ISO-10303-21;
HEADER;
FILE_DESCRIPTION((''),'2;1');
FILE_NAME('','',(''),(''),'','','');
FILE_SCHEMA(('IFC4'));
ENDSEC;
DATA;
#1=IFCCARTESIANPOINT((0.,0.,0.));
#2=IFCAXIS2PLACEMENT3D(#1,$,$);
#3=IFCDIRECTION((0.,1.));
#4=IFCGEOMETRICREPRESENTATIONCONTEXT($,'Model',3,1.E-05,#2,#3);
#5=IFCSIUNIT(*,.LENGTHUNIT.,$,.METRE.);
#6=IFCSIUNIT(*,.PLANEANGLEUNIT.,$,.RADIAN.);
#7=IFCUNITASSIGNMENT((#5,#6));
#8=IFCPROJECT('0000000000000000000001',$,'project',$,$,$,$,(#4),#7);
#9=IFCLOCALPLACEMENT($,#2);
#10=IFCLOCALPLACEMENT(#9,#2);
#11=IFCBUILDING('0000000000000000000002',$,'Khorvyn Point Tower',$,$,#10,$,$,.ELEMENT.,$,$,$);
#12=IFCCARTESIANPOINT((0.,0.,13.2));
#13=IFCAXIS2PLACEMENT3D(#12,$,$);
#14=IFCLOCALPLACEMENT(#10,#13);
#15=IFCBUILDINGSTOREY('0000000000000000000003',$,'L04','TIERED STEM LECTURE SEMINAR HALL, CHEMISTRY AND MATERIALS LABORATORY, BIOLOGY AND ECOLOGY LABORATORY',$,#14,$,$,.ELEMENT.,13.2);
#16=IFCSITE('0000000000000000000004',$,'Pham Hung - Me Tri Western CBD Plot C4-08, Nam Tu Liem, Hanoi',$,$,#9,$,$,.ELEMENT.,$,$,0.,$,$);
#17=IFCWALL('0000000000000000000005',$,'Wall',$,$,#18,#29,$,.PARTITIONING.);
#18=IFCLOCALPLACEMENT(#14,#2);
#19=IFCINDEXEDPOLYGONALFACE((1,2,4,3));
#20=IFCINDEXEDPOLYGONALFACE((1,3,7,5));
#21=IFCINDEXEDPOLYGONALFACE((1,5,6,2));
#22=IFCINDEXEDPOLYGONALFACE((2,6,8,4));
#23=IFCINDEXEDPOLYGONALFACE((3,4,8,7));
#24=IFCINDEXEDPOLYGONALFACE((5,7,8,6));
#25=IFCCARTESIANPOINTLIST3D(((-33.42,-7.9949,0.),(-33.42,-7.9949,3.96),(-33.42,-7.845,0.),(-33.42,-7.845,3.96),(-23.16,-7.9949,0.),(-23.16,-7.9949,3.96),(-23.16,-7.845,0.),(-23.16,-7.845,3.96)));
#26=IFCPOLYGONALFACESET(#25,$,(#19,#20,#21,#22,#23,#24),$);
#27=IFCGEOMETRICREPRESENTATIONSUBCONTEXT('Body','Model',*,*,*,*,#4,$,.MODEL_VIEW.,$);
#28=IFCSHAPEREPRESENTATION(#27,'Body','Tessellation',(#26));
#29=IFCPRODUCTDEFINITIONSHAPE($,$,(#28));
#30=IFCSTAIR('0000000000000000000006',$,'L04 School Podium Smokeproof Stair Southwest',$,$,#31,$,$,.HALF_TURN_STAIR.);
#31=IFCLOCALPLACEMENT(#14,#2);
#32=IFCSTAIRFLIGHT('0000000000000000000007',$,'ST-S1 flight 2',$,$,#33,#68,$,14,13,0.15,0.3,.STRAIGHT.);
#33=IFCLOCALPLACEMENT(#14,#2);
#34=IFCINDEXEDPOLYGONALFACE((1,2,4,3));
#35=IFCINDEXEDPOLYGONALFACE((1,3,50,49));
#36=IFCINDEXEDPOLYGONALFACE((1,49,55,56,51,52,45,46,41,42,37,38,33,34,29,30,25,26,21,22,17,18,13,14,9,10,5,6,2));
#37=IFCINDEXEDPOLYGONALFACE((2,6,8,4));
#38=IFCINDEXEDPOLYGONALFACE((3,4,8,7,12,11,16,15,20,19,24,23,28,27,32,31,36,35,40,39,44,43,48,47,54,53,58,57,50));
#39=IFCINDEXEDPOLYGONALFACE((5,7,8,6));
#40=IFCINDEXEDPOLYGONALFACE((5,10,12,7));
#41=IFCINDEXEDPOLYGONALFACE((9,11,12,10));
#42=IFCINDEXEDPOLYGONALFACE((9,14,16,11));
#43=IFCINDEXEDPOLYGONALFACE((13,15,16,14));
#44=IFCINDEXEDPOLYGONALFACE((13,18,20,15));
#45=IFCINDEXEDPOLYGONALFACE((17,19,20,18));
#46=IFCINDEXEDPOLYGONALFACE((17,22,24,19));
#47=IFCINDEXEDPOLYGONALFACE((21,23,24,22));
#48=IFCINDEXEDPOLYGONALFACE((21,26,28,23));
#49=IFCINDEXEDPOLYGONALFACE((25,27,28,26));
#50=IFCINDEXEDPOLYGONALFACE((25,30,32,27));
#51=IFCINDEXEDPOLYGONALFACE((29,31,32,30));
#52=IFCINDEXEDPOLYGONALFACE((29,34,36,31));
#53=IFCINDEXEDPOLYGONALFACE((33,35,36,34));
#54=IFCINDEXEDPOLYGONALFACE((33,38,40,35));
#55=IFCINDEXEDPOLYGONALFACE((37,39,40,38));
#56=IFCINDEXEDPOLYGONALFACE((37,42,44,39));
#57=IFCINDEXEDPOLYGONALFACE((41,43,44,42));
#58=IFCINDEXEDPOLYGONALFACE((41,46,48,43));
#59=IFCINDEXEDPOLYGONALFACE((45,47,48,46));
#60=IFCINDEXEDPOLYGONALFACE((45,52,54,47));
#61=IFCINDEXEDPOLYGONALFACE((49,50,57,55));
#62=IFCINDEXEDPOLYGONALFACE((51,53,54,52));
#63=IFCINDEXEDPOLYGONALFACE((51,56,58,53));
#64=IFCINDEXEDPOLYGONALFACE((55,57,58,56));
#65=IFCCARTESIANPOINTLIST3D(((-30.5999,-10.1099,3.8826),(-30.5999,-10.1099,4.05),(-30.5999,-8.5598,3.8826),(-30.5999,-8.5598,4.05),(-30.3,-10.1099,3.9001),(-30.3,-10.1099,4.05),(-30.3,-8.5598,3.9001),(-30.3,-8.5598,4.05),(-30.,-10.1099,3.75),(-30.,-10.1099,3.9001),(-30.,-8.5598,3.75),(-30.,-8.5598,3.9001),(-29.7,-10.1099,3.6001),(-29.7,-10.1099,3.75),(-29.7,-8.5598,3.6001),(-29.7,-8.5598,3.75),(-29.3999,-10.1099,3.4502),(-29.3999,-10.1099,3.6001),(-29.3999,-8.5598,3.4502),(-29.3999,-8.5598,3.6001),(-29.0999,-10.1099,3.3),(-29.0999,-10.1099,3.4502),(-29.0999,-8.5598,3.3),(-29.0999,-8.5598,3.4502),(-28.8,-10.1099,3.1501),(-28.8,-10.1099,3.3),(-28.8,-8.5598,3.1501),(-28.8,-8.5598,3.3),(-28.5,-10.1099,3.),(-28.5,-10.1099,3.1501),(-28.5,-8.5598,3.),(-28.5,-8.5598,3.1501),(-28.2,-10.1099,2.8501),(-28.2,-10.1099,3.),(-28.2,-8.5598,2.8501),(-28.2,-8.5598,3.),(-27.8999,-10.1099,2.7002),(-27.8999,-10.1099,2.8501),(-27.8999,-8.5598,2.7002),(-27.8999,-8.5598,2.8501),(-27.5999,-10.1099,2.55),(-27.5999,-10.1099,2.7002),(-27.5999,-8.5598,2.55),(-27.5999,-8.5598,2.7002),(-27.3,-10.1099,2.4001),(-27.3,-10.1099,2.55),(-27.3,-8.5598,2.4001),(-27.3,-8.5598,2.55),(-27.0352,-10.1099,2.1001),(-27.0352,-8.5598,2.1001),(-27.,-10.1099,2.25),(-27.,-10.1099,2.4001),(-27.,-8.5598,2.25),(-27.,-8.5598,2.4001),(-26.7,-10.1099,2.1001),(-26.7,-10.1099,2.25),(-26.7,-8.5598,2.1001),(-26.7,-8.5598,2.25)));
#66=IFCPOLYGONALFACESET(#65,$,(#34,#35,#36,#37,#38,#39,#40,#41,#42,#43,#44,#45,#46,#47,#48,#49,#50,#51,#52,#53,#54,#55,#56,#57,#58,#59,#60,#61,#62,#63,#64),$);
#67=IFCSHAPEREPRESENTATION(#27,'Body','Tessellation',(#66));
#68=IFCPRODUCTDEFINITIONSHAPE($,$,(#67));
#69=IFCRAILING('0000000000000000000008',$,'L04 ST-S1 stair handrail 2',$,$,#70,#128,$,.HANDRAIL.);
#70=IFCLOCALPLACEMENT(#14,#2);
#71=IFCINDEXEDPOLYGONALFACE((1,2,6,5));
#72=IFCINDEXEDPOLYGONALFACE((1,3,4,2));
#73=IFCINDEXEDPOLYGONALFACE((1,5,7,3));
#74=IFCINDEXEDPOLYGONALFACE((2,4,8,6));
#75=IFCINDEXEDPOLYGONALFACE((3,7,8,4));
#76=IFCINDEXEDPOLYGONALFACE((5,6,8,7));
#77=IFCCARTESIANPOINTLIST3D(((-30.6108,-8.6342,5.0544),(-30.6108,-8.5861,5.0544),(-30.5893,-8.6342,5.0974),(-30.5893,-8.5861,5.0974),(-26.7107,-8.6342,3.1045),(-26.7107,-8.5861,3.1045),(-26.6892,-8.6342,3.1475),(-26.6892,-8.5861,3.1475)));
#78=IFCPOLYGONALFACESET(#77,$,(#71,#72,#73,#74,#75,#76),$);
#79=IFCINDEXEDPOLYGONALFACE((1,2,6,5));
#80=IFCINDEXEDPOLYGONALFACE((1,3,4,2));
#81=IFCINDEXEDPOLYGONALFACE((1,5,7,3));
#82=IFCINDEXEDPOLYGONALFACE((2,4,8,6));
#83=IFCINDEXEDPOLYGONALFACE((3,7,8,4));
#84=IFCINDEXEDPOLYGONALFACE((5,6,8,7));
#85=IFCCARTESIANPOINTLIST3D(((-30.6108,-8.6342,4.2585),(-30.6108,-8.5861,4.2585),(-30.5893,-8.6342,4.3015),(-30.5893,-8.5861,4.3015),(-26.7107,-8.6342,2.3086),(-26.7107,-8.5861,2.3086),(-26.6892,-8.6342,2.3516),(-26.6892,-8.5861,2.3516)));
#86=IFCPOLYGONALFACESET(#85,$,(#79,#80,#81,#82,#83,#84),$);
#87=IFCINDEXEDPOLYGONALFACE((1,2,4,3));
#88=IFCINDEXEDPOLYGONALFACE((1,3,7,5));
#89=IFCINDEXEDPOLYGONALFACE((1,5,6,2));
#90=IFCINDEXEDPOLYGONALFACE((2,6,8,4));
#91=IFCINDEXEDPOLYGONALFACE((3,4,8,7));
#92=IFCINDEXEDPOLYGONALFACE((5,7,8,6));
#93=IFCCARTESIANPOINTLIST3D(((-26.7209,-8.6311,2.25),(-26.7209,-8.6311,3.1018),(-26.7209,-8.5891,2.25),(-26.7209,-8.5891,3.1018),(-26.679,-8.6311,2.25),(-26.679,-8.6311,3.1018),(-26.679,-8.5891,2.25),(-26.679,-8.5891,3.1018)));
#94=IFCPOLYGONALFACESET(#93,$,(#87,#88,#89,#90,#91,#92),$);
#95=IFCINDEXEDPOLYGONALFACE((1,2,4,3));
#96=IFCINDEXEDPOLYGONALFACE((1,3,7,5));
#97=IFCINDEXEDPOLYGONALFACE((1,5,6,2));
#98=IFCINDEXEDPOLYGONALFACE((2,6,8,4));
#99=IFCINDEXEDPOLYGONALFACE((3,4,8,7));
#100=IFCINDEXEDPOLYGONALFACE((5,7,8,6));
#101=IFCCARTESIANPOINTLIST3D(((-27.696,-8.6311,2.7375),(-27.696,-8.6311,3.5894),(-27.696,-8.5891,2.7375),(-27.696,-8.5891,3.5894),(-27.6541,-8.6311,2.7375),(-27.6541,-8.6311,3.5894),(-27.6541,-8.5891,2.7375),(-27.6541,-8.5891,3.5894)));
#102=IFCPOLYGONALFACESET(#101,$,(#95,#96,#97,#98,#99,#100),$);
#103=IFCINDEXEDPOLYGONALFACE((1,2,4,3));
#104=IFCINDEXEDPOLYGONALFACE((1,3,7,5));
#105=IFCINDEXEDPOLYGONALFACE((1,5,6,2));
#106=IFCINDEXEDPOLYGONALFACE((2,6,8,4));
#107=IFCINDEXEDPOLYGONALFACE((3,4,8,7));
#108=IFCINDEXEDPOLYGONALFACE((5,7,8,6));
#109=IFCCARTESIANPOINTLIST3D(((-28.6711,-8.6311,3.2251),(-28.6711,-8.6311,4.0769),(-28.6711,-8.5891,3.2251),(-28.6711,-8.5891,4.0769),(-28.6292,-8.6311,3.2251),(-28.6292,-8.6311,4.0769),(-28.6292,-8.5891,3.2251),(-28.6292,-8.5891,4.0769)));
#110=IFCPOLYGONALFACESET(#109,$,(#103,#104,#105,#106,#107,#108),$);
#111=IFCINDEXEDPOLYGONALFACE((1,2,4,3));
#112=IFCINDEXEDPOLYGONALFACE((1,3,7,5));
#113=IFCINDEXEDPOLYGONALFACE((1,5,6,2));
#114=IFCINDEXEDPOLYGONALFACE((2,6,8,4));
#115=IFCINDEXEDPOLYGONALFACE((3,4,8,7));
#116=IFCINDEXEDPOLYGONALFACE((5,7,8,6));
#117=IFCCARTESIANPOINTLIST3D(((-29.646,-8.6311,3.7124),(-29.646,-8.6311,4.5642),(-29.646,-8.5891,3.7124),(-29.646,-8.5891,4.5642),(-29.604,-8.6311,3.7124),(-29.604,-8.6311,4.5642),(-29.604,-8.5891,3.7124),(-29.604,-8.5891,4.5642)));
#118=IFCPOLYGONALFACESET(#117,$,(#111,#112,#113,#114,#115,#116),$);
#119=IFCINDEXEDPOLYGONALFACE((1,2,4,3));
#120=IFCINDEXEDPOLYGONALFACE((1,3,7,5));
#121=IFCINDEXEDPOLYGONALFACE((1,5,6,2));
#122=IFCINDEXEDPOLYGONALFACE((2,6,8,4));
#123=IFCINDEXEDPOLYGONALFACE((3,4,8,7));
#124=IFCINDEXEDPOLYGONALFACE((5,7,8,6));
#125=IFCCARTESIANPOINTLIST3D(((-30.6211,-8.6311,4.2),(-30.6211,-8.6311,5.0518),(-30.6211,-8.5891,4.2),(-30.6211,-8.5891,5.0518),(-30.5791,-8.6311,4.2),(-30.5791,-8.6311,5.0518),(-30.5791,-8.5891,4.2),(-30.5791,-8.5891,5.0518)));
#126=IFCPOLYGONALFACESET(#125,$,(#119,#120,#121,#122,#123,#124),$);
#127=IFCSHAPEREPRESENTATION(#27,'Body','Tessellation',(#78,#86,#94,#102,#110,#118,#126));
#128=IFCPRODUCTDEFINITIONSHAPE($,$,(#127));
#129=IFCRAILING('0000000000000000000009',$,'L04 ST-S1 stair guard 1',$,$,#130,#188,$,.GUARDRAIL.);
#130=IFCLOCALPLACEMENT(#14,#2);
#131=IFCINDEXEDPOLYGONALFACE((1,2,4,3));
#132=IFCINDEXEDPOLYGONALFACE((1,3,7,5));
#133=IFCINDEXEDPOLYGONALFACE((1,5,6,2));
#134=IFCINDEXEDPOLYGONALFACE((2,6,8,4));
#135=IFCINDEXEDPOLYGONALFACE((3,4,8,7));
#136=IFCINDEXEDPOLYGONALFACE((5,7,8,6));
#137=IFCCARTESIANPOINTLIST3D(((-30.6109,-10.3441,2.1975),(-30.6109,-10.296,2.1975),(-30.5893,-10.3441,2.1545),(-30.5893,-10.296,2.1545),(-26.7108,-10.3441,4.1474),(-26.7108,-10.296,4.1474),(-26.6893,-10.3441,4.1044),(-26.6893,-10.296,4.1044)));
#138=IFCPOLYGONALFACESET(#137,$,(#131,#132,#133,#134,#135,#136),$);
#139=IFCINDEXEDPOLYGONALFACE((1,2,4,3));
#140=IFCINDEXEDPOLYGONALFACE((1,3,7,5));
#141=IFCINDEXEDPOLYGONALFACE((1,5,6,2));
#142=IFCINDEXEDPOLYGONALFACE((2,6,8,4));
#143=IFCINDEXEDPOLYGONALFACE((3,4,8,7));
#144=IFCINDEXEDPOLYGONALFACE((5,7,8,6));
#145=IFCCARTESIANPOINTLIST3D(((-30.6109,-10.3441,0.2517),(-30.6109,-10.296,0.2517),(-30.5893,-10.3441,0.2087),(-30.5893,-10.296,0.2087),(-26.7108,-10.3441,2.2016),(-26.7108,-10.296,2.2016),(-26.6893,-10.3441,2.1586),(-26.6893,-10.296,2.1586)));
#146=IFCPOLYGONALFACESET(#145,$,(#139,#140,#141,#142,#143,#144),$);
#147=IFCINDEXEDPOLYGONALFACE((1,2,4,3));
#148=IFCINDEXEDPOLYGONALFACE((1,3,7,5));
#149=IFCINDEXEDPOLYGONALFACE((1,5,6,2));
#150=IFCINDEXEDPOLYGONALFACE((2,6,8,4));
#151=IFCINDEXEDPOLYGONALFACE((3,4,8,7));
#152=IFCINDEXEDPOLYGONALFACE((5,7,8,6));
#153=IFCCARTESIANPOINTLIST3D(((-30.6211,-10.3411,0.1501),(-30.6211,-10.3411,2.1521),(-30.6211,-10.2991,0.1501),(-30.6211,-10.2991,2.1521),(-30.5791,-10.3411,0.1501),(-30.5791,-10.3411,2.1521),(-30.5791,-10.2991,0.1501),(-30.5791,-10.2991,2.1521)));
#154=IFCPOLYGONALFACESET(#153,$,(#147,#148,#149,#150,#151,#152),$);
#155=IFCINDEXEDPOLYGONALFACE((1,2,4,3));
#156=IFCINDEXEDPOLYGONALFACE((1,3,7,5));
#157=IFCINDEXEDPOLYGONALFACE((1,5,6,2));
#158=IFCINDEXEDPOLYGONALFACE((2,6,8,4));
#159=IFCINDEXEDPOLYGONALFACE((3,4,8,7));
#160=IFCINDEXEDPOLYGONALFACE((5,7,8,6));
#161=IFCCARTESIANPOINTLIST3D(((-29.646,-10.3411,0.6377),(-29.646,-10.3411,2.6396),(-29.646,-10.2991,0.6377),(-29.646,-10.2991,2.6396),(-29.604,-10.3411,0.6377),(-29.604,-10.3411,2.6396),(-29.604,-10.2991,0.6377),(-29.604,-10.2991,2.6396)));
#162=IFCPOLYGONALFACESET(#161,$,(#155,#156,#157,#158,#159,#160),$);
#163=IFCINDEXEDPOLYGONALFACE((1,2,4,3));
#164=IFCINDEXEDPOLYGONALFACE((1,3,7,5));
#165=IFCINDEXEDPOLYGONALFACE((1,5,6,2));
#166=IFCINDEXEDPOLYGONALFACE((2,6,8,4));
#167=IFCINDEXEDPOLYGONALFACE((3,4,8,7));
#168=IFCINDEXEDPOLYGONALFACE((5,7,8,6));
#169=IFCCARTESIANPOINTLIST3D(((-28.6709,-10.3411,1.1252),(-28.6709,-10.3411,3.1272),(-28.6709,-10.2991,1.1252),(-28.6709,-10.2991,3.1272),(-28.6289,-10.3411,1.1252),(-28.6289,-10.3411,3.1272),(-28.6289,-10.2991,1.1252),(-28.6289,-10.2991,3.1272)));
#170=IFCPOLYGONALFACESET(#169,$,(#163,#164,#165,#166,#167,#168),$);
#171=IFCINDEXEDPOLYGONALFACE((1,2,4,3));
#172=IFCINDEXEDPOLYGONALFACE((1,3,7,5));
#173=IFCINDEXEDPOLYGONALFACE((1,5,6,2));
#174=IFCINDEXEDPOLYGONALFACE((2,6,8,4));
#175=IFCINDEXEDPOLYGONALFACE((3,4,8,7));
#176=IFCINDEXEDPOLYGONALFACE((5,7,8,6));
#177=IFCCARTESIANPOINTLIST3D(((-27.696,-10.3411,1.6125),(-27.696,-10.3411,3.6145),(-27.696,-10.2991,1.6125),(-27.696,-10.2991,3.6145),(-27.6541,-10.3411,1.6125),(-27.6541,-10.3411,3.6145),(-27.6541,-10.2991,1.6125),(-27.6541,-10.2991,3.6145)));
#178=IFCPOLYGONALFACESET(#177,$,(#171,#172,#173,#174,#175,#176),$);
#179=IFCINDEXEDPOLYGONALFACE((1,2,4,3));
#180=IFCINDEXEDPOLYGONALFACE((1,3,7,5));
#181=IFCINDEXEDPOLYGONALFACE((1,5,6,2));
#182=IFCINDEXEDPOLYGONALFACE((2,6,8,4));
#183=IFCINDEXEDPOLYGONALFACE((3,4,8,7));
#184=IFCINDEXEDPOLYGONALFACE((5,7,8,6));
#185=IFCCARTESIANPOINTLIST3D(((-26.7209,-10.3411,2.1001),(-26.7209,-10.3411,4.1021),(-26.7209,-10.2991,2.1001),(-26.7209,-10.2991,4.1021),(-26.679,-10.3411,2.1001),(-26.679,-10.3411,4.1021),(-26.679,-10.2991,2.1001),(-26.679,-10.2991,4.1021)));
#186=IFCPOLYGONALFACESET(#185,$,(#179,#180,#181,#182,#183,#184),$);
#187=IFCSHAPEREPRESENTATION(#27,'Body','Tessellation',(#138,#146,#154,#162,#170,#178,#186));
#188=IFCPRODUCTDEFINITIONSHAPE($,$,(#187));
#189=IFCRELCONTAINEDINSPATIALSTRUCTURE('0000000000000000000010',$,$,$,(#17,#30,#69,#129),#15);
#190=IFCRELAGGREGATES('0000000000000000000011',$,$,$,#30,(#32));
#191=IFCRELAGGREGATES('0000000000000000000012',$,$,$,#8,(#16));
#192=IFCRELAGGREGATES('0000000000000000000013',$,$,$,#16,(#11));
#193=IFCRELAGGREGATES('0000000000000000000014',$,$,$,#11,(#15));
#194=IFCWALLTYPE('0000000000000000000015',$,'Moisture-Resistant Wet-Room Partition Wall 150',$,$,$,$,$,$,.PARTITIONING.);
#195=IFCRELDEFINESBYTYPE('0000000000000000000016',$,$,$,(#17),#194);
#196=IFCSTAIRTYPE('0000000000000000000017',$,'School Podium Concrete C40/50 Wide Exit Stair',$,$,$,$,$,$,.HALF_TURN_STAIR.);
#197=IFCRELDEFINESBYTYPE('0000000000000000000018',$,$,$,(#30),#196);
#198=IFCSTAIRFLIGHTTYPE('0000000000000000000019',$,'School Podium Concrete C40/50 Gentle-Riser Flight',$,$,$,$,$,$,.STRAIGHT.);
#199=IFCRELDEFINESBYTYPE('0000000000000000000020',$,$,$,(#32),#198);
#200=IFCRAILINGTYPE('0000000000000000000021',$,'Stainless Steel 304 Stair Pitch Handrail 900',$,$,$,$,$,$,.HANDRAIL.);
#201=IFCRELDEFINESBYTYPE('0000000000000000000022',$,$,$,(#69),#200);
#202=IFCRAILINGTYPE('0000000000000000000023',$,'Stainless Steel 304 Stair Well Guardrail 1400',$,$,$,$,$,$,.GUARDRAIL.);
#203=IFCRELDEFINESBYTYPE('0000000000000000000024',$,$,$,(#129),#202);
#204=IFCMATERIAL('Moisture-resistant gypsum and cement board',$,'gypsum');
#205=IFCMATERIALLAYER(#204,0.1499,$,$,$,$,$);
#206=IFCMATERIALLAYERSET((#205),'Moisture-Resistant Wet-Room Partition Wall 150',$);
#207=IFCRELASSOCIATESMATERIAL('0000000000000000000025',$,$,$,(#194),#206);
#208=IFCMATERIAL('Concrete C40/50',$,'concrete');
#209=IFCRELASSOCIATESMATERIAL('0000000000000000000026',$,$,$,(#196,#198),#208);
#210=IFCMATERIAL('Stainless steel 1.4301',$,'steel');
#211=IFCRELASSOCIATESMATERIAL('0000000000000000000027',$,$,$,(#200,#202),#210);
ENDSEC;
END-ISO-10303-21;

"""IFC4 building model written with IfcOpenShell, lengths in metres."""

from ifc_helpers import new_model, si_unit, direction, frame, frame_2d, origin, origin_2d, place, context, subcontext, project, spatial, polyline, rectangle, outline, extrude, material, layer, layer_set, type_object, element, aggregate, save


model = new_model("IFC4")

# Units and contexts
model_context = context("Model", 3, precision=1e-05, world=origin(), true_north=direction((0.0, 1.0)))
body_context = subcontext(model_context, "Body", "Model", "MODEL_VIEW")
ifc_project = project(units=[si_unit("LENGTHUNIT", "METRE"), si_unit("PLANEANGLEUNIT", "RADIAN")], contexts=[model_context])

# Site, building, storey
site_placement = place(None, origin())
site = spatial("IfcSite", under=ifc_project, at=site_placement, Name="Pham Hung - Me Tri Western CBD Plot C4-08, Nam Tu Liem, Hanoi", CompositionType="ELEMENT", RefElevation=0.0)
building_placement = place(site_placement, origin())
building = spatial("IfcBuilding", under=site, at=building_placement, Name="Khorvyn Point Tower", CompositionType="ELEMENT")
storey_placement = place(building_placement, frame((0.0, 0.0, 13.2)))
storey = spatial("IfcBuildingStorey", under=building, at=storey_placement, Name="L04", Description="TIERED STEM LECTURE SEMINAR HALL, CHEMISTRY AND MATERIALS LABORATORY, BIOLOGY AND ECOLOGY LABORATORY", CompositionType="ELEMENT", Elevation=13.2)

# Shared definitions
ifc_material_1 = material(Name="Concrete C40/50", Category="concrete")

# Shared definitions
ifc_material_2 = material(Name="Stainless steel 1.4301", Category="steel")

# Shared definitions
ifc_material_3 = material(Name="Moisture-resistant gypsum and cement board", Category="gypsum")
ifc_layer_1 = layer(ifc_material_3, 0.1499)
ifc_layer_set_1 = layer_set([ifc_layer_1], Name="Moisture-Resistant Wet-Room Partition Wall 150")
wall_type_1 = type_object("IfcWallType", Name="Moisture-Resistant Wet-Room Partition Wall 150", PredefinedType="PARTITIONING", material=ifc_layer_set_1)

# Wall
wall_1_placement = place(storey_placement, frame((-33.4199, -7.9199, 0.0), z_axis=(0.0, 0.0, 1.0), x_axis=(1.0, 0.0, 0.0)))
element("IfcWall", 1, at=wall_1_placement, inside=storey, type_object=wall_type_1, Name="Wall", PredefinedType="PARTITIONING", context=body_context, shape_type="SweptSolid", body=[
    extrude(rectangle(XDim=10.26, YDim=0.1499, at=frame_2d((5.1299, 0.0))), origin(), (0.0, 0.0, 1.0), 3.96),
])

# Stair, stair flight
stair_type = type_object("IfcStairType", Name="School Podium Concrete C40/50 Wide Exit Stair", PredefinedType="HALF_TURN_STAIR", material=ifc_material_1)
stair_placement = place(storey_placement, origin())
stair = element("IfcStair", 2, at=stair_placement, inside=storey, type_object=stair_type, Name="L04 School Podium Smokeproof Stair Southwest", PredefinedType="HALF_TURN_STAIR")
stair_flight_type = type_object("IfcStairFlightType", Name="School Podium Concrete C40/50 Gentle-Riser Flight", PredefinedType="STRAIGHT", material=ifc_material_1)
stair_flight_placement = place(storey_placement, frame((-26.7, -9.335, 2.1001), z_axis=(0.0, 0.0, 1.0), x_axis=(-1.0, 0.0, 0.0)))
stair_flight = element("IfcStairFlight", 3, at=stair_flight_placement, type_object=stair_flight_type, Name="ST-S1 flight 2", NumberOfRisers=14, NumberOfTreads=13, PredefinedType="STRAIGHT", RiserHeight=0.15, TreadLength=0.3, context=body_context, shape_type="SweptSolid", body=[
    extrude(outline(polyline([(0.0, 0.0), (0.0, 0.1499), (0.3, 0.1499), (0.3, 0.3), (0.6001, 0.3), (0.6001, 0.45), (0.8999, 0.45), (0.8999, 0.6001), (1.2, 0.6001), (1.2, 0.75), (1.5, 0.75), (1.5, 0.8999), (1.8, 0.8999), (1.8, 1.05), (2.1001, 1.05), (2.1001, 1.2), (2.3999, 1.2), (2.3999, 1.3501), (2.7, 1.3501), (2.7, 1.5), (3.0, 1.5), (3.0, 1.6499), (3.3, 1.6499), (3.3, 1.8), (3.6001, 1.8), (3.6001, 1.95), (3.8999, 1.95), (3.8999, 2.1001), (3.8999, 1.7825), (0.3352, 0.0), (0.0, 0.0)])), frame((0.0, 0.7749, 0.0), z_axis=(0.0, -1.0, 0.0), x_axis=(1.0, 0.0, 0.0)), (0.0, 0.0, 1.0), 1.55),
])
aggregate(stair, [stair_flight])

# Railings
railing_type_1 = type_object("IfcRailingType", Name="Stainless Steel 304 Stair Pitch Handrail 900", PredefinedType="HANDRAIL", material=ifc_material_2)
railing_1_placement = place(storey_placement, frame((-26.7, -8.6101, 2.25)))
element("IfcRailing", 4, at=railing_1_placement, inside=storey, type_object=railing_type_1, Name="L04 ST-S1 stair handrail 2", PredefinedType="HANDRAIL", context=body_context, shape_type="SweptSolid", body=[
    extrude(rectangle(XDim=0.0481, YDim=0.0481, at=origin_2d()), frame((0.0, 0.0, 0.876), z_axis=(-0.894438, 0.0, 0.447191), x_axis=(0.0, -1.0, 0.0)), (0.0, 0.0, 1.0), 4.3604),
    extrude(rectangle(XDim=0.0481, YDim=0.0481, at=origin_2d()), frame((0.0, 0.0, 0.0801), z_axis=(-0.894438, 0.0, 0.447191), x_axis=(0.0, -1.0, 0.0)), (0.0, 0.0, 1.0), 4.3604),
    extrude(rectangle(XDim=0.042, YDim=0.042, at=origin_2d()), origin(), (0.0, 0.0, 1.0), 0.8518),
    extrude(rectangle(XDim=0.042, YDim=0.042, at=origin_2d()), frame((-0.9751, 0.0, 0.4875)), (0.0, 0.0, 1.0), 0.8518),
    extrude(rectangle(XDim=0.042, YDim=0.042, at=origin_2d()), frame((-1.9502, 0.0, 0.9751)), (0.0, 0.0, 1.0), 0.8518),
    extrude(rectangle(XDim=0.042, YDim=0.042, at=origin_2d()), frame((-2.925, 0.0, 1.4624)), (0.0, 0.0, 1.0), 0.8518),
    extrude(rectangle(XDim=0.042, YDim=0.042, at=origin_2d()), frame((-3.9001, 0.0, 1.95)), (0.0, 0.0, 1.0), 0.8518),
])
railing_type_2 = type_object("IfcRailingType", Name="Stainless Steel 304 Stair Well Guardrail 1400", PredefinedType="GUARDRAIL", material=ifc_material_2)
railing_2_placement = place(storey_placement, frame((-30.6001, -10.3201, 0.1501)))
element("IfcRailing", 5, at=railing_2_placement, inside=storey, type_object=railing_type_2, Name="L04 ST-S1 stair guard 1", PredefinedType="GUARDRAIL", context=body_context, shape_type="SweptSolid", body=[
    extrude(rectangle(XDim=0.0481, YDim=0.0481, at=origin_2d()), frame((0.0, 0.0, 2.0259), z_axis=(0.894438, 0.0, 0.447191), x_axis=(0.0, 1.0, 0.0)), (0.0, 0.0, 1.0), 4.3604),
    extrude(rectangle(XDim=0.0481, YDim=0.0481, at=origin_2d()), frame((0.0, 0.0, 0.0801), z_axis=(0.894438, 0.0, 0.447191), x_axis=(0.0, 1.0, 0.0)), (0.0, 0.0, 1.0), 4.3604),
    extrude(rectangle(XDim=0.042, YDim=0.042, at=origin_2d()), origin(), (0.0, 0.0, 1.0), 2.002),
    extrude(rectangle(XDim=0.042, YDim=0.042, at=origin_2d()), frame((0.9751, 0.0, 0.4875)), (0.0, 0.0, 1.0), 2.002),
    extrude(rectangle(XDim=0.042, YDim=0.042, at=origin_2d()), frame((1.9502, 0.0, 0.9751)), (0.0, 0.0, 1.0), 2.002),
    extrude(rectangle(XDim=0.042, YDim=0.042, at=origin_2d()), frame((2.925, 0.0, 1.4624)), (0.0, 0.0, 1.0), 2.002),
    extrude(rectangle(XDim=0.042, YDim=0.042, at=origin_2d()), frame((3.9001, 0.0, 1.95)), (0.0, 0.0, 1.0), 2.002),
])

save(model, "model.ifc")
